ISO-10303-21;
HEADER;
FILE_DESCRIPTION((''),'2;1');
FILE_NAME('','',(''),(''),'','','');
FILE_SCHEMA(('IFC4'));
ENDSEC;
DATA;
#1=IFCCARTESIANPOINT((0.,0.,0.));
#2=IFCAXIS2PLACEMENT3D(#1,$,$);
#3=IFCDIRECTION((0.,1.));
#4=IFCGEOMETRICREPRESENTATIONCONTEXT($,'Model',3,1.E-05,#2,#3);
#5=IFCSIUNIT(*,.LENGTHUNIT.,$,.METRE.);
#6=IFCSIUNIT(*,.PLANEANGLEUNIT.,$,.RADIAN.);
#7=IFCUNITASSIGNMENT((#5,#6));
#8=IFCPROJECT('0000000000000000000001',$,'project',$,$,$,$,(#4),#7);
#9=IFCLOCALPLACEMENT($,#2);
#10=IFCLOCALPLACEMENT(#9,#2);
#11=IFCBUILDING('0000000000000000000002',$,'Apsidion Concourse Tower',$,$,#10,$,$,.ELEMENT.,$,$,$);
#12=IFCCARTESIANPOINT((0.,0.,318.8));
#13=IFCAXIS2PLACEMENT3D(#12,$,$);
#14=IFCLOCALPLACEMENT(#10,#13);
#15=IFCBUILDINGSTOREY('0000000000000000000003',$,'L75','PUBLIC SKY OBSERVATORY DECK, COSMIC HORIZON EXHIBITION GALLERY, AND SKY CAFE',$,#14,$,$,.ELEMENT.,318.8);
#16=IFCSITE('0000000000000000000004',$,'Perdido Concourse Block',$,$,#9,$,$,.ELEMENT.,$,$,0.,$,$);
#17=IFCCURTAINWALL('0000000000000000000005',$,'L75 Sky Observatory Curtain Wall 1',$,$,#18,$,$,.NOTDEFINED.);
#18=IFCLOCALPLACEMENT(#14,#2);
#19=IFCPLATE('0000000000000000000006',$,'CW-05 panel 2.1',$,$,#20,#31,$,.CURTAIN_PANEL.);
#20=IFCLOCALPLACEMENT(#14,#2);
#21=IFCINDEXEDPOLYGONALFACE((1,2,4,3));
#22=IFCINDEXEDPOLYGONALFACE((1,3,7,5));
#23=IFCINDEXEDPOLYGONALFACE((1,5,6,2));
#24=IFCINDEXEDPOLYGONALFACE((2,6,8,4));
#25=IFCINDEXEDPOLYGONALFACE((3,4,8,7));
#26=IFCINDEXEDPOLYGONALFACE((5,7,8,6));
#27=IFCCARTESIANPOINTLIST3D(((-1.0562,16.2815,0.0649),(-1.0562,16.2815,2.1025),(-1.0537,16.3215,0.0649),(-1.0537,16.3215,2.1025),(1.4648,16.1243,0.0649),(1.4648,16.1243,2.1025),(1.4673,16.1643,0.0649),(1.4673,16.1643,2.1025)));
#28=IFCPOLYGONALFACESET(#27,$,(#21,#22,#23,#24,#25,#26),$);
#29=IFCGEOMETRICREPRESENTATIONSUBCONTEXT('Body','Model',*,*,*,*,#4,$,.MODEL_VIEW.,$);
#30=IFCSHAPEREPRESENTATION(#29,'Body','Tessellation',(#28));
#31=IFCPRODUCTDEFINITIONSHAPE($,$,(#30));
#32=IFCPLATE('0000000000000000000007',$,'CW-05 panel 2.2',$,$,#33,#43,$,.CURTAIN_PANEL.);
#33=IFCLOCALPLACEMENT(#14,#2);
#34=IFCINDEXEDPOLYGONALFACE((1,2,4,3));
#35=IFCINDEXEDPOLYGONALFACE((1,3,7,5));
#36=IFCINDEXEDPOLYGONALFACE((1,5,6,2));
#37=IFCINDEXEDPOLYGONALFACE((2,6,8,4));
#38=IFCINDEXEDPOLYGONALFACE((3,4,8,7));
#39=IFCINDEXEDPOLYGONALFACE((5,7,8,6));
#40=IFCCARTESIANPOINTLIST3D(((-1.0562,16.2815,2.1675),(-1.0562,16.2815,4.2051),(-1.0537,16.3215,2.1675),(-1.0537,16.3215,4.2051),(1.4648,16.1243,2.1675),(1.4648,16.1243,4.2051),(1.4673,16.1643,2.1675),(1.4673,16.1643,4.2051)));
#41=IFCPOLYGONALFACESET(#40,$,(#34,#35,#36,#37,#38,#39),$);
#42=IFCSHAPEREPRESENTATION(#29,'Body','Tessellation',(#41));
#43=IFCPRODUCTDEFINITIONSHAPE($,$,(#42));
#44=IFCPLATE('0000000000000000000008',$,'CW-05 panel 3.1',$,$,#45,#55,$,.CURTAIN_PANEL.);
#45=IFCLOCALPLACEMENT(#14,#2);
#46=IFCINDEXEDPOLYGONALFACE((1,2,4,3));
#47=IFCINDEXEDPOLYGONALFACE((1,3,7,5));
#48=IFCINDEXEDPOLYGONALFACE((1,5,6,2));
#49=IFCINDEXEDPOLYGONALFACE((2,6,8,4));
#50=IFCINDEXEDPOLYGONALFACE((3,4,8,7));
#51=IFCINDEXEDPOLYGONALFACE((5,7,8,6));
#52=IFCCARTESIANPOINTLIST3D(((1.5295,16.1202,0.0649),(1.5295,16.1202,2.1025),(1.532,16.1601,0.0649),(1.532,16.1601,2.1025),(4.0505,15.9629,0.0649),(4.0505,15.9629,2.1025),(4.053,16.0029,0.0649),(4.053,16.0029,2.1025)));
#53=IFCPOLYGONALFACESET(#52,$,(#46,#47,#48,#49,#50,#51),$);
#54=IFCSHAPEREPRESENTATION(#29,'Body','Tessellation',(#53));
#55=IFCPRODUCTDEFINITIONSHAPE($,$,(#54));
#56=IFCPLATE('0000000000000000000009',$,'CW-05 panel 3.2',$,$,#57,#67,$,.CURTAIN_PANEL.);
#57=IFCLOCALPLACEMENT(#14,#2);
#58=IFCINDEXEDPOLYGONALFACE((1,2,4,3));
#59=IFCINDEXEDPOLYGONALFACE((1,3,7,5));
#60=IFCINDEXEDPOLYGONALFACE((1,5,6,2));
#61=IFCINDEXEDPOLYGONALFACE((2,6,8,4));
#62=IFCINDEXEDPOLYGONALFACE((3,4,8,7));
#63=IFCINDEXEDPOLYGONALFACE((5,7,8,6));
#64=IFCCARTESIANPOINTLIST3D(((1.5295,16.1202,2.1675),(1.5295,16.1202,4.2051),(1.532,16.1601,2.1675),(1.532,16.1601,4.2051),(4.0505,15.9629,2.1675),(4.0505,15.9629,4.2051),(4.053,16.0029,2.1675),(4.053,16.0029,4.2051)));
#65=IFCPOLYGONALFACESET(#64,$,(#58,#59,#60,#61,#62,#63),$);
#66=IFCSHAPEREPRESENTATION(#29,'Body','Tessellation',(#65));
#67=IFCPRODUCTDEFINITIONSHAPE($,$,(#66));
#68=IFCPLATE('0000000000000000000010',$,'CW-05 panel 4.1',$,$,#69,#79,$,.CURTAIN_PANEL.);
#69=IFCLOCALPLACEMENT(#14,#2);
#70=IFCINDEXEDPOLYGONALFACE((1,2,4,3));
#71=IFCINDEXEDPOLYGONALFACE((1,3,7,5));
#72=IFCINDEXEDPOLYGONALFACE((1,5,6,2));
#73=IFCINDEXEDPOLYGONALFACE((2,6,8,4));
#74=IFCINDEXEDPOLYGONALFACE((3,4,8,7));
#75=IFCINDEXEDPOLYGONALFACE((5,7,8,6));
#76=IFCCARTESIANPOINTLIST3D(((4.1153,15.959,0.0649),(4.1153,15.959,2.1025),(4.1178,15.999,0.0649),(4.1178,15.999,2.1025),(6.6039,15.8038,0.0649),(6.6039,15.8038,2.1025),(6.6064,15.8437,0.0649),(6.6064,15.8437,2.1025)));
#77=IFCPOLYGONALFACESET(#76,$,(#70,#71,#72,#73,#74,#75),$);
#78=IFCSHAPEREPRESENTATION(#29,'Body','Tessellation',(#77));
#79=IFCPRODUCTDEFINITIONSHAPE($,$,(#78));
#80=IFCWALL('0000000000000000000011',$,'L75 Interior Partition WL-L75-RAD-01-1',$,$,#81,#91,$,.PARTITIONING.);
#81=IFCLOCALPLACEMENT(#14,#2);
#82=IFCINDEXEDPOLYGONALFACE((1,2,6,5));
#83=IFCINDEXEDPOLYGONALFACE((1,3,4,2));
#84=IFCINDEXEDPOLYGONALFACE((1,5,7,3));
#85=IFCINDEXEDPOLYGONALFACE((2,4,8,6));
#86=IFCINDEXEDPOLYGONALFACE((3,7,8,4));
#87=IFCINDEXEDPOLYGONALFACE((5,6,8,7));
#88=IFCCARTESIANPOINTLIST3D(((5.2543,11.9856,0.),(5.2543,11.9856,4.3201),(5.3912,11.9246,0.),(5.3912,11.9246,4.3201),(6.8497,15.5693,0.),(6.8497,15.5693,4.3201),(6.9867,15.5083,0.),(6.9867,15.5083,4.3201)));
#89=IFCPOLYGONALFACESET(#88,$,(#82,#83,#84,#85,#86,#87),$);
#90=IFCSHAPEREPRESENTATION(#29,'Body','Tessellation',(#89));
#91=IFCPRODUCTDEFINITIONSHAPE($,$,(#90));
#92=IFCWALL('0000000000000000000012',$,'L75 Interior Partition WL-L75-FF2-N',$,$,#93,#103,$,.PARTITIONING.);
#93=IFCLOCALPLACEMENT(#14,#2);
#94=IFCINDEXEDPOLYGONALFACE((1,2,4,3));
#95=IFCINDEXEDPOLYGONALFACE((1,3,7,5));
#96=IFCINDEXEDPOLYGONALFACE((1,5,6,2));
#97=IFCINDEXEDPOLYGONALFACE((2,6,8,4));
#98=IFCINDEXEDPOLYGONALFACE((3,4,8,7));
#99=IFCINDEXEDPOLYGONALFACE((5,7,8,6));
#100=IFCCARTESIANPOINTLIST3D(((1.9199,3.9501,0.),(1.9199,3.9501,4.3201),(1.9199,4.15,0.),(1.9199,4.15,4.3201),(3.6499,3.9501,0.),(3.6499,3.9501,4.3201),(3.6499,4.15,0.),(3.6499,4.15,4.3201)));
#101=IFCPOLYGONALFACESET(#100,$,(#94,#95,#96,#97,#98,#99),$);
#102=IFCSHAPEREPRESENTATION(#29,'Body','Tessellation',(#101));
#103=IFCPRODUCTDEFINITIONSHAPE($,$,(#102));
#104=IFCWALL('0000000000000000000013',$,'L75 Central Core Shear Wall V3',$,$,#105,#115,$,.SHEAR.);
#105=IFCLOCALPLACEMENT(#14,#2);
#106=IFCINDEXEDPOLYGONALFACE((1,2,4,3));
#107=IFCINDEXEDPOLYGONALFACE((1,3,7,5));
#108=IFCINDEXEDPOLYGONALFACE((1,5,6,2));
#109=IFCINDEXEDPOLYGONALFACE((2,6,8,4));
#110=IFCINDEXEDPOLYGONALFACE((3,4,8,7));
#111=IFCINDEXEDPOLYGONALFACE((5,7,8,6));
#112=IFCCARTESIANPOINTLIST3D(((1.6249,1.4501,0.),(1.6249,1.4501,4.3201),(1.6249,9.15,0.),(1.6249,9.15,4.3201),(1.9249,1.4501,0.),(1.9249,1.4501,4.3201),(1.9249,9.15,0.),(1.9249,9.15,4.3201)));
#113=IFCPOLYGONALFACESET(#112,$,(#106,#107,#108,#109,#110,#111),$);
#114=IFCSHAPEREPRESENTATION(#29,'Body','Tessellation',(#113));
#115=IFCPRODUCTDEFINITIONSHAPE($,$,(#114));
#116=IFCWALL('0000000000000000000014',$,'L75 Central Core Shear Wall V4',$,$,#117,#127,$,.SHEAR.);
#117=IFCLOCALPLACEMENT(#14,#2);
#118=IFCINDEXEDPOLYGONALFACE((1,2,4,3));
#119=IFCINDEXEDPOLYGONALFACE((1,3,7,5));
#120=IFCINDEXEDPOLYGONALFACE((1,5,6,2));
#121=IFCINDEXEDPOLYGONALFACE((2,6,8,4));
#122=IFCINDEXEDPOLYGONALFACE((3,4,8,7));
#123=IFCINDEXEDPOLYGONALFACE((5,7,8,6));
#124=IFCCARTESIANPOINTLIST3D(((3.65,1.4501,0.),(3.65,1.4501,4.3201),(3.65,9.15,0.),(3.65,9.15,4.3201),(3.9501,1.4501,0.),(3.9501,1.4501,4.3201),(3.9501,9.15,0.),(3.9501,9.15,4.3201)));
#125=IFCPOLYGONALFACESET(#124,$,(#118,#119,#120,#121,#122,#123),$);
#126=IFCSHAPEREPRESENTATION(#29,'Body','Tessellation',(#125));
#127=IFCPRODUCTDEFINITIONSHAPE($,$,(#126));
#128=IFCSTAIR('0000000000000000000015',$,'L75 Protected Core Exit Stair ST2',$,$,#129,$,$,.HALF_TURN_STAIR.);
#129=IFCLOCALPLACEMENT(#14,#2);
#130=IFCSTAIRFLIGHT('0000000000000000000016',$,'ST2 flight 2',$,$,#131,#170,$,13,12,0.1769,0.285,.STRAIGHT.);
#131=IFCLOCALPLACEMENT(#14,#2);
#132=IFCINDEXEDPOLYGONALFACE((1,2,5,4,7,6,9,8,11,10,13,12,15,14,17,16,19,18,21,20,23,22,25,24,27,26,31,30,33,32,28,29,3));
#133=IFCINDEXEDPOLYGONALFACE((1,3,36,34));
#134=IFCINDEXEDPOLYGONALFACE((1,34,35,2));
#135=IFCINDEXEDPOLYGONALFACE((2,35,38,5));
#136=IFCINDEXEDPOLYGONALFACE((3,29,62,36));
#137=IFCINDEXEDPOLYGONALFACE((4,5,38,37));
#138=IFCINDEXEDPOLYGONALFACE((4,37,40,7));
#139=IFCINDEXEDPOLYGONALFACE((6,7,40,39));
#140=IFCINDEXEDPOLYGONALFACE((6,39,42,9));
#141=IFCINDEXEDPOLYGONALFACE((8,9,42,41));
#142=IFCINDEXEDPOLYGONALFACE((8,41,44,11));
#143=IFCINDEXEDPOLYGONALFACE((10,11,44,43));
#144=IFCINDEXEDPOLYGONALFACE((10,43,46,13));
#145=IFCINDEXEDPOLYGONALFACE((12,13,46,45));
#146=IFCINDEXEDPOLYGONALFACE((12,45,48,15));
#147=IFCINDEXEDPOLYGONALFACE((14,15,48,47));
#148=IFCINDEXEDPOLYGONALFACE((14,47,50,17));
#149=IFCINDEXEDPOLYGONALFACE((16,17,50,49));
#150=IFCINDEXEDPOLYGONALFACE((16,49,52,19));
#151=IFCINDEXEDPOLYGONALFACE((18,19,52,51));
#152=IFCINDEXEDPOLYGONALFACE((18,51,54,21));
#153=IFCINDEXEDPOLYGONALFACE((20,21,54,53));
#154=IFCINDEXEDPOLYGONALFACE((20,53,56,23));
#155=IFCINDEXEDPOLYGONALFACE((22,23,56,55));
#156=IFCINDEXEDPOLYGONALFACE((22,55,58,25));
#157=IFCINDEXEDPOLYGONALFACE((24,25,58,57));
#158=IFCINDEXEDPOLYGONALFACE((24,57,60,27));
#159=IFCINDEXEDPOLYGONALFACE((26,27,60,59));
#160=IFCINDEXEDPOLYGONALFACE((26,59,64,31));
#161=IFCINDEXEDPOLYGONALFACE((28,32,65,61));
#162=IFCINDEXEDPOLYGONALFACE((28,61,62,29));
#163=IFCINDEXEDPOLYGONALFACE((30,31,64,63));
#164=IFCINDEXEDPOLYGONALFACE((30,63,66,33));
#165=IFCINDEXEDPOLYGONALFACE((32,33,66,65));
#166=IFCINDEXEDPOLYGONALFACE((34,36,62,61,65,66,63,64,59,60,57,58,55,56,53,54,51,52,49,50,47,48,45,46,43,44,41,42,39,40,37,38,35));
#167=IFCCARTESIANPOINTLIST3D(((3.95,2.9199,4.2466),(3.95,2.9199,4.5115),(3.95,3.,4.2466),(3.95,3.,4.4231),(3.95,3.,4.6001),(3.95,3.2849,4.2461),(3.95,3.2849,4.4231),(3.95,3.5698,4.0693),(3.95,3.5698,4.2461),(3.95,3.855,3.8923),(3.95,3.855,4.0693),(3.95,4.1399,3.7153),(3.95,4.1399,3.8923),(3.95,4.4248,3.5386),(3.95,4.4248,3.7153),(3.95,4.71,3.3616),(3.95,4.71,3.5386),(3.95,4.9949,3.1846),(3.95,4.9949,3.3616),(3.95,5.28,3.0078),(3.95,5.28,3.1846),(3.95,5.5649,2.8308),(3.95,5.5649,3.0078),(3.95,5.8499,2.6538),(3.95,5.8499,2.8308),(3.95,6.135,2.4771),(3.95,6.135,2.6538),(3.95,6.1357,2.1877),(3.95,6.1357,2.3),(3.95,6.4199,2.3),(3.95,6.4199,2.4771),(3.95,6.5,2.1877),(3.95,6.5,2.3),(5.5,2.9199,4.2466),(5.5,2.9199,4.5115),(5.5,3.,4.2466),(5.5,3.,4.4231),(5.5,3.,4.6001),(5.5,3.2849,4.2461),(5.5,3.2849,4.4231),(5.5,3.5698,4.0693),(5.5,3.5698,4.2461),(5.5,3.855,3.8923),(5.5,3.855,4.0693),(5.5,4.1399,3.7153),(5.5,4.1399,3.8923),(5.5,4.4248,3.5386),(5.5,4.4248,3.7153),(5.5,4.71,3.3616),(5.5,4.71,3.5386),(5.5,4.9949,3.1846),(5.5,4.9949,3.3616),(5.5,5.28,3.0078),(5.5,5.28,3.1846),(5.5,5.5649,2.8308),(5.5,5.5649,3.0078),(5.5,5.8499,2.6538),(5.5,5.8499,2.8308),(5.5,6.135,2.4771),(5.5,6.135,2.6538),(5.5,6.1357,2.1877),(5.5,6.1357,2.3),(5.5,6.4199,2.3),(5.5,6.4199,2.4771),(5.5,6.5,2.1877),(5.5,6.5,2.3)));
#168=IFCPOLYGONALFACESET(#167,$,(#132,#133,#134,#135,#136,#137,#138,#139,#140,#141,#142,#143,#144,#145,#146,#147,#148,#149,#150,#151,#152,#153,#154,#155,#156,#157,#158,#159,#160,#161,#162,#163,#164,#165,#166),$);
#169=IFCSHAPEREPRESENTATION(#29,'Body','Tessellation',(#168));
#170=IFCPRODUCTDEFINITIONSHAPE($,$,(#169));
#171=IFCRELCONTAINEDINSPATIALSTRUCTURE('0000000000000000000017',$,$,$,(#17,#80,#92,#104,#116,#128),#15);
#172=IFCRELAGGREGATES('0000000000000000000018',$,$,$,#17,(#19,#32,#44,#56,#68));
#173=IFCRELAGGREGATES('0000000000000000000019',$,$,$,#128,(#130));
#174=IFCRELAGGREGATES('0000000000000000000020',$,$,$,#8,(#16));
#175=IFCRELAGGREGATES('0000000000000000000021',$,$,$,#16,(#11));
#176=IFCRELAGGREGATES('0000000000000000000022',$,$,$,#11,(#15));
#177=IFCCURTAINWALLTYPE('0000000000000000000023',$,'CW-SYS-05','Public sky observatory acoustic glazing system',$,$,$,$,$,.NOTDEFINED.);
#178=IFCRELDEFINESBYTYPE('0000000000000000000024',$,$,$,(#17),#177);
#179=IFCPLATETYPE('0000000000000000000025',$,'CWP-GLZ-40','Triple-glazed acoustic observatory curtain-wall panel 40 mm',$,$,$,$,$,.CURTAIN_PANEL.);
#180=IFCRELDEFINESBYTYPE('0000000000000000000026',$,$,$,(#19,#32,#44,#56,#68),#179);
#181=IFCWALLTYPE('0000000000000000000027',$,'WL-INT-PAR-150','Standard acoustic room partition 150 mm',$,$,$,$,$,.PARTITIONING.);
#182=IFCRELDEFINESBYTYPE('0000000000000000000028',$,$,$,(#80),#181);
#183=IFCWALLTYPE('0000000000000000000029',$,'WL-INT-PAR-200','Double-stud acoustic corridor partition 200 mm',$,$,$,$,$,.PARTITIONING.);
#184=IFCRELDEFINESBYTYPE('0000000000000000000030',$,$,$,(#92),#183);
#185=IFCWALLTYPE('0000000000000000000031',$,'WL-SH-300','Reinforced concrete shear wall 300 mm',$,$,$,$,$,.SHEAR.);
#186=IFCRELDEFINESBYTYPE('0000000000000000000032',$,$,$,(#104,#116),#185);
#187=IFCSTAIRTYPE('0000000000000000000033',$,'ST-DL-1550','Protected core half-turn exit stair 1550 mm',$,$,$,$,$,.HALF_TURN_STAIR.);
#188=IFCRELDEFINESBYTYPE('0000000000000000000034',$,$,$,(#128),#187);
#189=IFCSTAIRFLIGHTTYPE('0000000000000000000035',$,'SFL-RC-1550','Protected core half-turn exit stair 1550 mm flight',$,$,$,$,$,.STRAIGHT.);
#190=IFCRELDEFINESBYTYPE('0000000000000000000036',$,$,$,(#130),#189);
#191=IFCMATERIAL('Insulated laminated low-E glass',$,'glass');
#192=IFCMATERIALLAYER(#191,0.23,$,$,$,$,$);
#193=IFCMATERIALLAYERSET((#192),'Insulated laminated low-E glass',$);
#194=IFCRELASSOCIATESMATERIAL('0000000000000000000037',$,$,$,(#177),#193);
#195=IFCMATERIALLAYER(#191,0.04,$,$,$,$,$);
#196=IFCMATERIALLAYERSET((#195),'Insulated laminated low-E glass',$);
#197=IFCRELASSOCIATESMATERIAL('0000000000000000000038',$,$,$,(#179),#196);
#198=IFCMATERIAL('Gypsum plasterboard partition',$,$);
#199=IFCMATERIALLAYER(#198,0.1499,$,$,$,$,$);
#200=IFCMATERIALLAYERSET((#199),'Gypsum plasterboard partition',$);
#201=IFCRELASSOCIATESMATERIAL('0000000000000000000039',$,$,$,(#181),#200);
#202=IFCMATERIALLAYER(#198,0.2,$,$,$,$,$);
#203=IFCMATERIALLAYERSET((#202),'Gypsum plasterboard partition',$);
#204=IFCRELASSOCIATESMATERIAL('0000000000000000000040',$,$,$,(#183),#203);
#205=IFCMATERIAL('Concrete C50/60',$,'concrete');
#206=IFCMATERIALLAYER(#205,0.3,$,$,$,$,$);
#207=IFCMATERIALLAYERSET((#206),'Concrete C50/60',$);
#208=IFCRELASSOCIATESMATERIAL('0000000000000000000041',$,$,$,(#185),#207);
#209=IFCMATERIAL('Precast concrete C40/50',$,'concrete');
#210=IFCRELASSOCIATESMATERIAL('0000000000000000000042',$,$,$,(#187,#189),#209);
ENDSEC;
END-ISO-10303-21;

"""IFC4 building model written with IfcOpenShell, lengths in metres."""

from ifc_helpers import new_model, si_unit, direction, frame, frame_2d, origin, origin_2d, place, context, subcontext, project, spatial, polyline, rectangle, outline, extrude, material, layer, layer_set, type_object, element, aggregate, save


model = new_model("IFC4")

# Units and contexts
model_context = context("Model", 3, precision=1e-05, world=origin(), true_north=direction((0.0, 1.0)))
body_context = subcontext(model_context, "Body", "Model", "MODEL_VIEW")
ifc_project = project(units=[si_unit("LENGTHUNIT", "METRE"), si_unit("PLANEANGLEUNIT", "RADIAN")], contexts=[model_context])

# Site, building, storey
site_placement = place(None, origin())
site = spatial("IfcSite", under=ifc_project, at=site_placement, Name="Perdido Concourse Block", CompositionType="ELEMENT", RefElevation=0.0)
building_placement = place(site_placement, origin())
building = spatial("IfcBuilding", under=site, at=building_placement, Name="Apsidion Concourse Tower", CompositionType="ELEMENT")
storey_placement = place(building_placement, frame((0.0, 0.0, 318.8)))
storey = spatial("IfcBuildingStorey", under=building, at=storey_placement, Name="L75", Description="PUBLIC SKY OBSERVATORY DECK, COSMIC HORIZON EXHIBITION GALLERY, AND SKY CAFE", CompositionType="ELEMENT", Elevation=318.8)

# Shared definitions
ifc_material_1 = material(Name="Concrete C50/60", Category="concrete")

# Curtain wall, plates
ifc_material_2 = material(Name="Insulated laminated low-E glass", Category="glass")
ifc_layer_1 = layer(ifc_material_2, 0.23)
ifc_layer_set_1 = layer_set([ifc_layer_1], Name="Insulated laminated low-E glass")
curtain_wall_type = type_object("IfcCurtainWallType", Name="CW-SYS-05", Description="Public sky observatory acoustic glazing system", PredefinedType="NOTDEFINED", material=ifc_layer_set_1)
curtain_wall_placement = place(storey_placement, origin())
curtain_wall = element("IfcCurtainWall", 1, at=curtain_wall_placement, inside=storey, type_object=curtain_wall_type, Name="L75 Sky Observatory Curtain Wall 1", PredefinedType="NOTDEFINED")
ifc_layer_2 = layer(ifc_material_2, 0.04)
ifc_layer_set_2 = layer_set([ifc_layer_2], Name="Insulated laminated low-E glass")
plate_type = type_object("IfcPlateType", Name="CWP-GLZ-40", Description="Triple-glazed acoustic observatory curtain-wall panel 40 mm", PredefinedType="CURTAIN_PANEL", material=ifc_layer_set_2)
plate_1_placement = place(storey_placement, frame((0.2056, 16.2229, 0.0649), z_axis=(0.0, 0.0, 1.0), x_axis=(0.998061, -0.062249, 0.0)))
plate_1 = element("IfcPlate", 2, at=plate_1_placement, type_object=plate_type, Name="CW-05 panel 2.1", PredefinedType="CURTAIN_PANEL", context=body_context, shape_type="SweptSolid", body=[
    extrude(rectangle(XDim=2.5259, YDim=0.04, at=origin_2d()), origin(), (0.0, 0.0, 1.0), 2.0376),
])
plate_2_placement = place(storey_placement, frame((0.2056, 16.2229, 2.1675), z_axis=(0.0, 0.0, 1.0), x_axis=(0.998061, -0.062249, 0.0)))
plate_2 = element("IfcPlate", 3, at=plate_2_placement, type_object=plate_type, Name="CW-05 panel 2.2", PredefinedType="CURTAIN_PANEL", context=body_context, shape_type="SweptSolid", body=[
    extrude(rectangle(XDim=2.5259, YDim=0.04, at=origin_2d()), origin(), (0.0, 0.0, 1.0), 2.0376),
])
plate_3_placement = place(storey_placement, frame((2.7913, 16.0615, 0.0649), z_axis=(0.0, 0.0, 1.0), x_axis=(0.998061, -0.062249, 0.0)))
plate_3 = element("IfcPlate", 4, at=plate_3_placement, type_object=plate_type, Name="CW-05 panel 3.1", PredefinedType="CURTAIN_PANEL", context=body_context, shape_type="SweptSolid", body=[
    extrude(rectangle(XDim=2.5259, YDim=0.04, at=origin_2d()), origin(), (0.0, 0.0, 1.0), 2.0376),
])
plate_4_placement = place(storey_placement, frame((2.7913, 16.0615, 2.1675), z_axis=(0.0, 0.0, 1.0), x_axis=(0.998061, -0.062249, 0.0)))
plate_4 = element("IfcPlate", 5, at=plate_4_placement, type_object=plate_type, Name="CW-05 panel 3.2", PredefinedType="CURTAIN_PANEL", context=body_context, shape_type="SweptSolid", body=[
    extrude(rectangle(XDim=2.5259, YDim=0.04, at=origin_2d()), origin(), (0.0, 0.0, 1.0), 2.0376),
])
plate_5_placement = place(storey_placement, frame((5.3608, 15.9014, 0.0649), z_axis=(0.0, 0.0, 1.0), x_axis=(0.998061, -0.062249, 0.0)))
plate_5 = element("IfcPlate", 6, at=plate_5_placement, type_object=plate_type, Name="CW-05 panel 4.1", PredefinedType="CURTAIN_PANEL", context=body_context, shape_type="SweptSolid", body=[
    extrude(rectangle(XDim=2.4934, YDim=0.04, at=origin_2d()), origin(), (0.0, 0.0, 1.0), 2.0376),
])
aggregate(curtain_wall, [plate_1, plate_2, plate_3, plate_4, plate_5])

# Walls
ifc_material_3 = material(Name="Gypsum plasterboard partition")
ifc_layer_3 = layer(ifc_material_3, 0.1499)
ifc_layer_set_3 = layer_set([ifc_layer_3], Name="Gypsum plasterboard partition")
wall_type_1 = type_object("IfcWallType", Name="WL-INT-PAR-150", Description="Standard acoustic room partition 150 mm", PredefinedType="PARTITIONING", material=ifc_layer_set_3)
wall_1_placement = place(storey_placement, frame((5.3228, 11.9551, 0.0), z_axis=(0.0, 0.0, 1.0), x_axis=(0.40671, 0.913557, 0.0)))
element("IfcWall", 7, at=wall_1_placement, inside=storey, type_object=wall_type_1, Name="L75 Interior Partition WL-L75-RAD-01-1", PredefinedType="PARTITIONING", context=body_context, shape_type="SweptSolid", body=[
    extrude(rectangle(XDim=3.9229, YDim=0.1499, at=frame_2d((1.9614, 0.0))), origin(), (0.0, 0.0, 1.0), 4.3201),
])
ifc_layer_4 = layer(ifc_material_3, 0.2)
ifc_layer_set_4 = layer_set([ifc_layer_4], Name="Gypsum plasterboard partition")
wall_type_2 = type_object("IfcWallType", Name="WL-INT-PAR-200", Description="Double-stud acoustic corridor partition 200 mm", PredefinedType="PARTITIONING", material=ifc_layer_set_4)
wall_2_placement = place(storey_placement, frame((1.9199, 4.05, 0.0), z_axis=(0.0, 0.0, 1.0), x_axis=(1.0, 0.0, 0.0)))
element("IfcWall", 8, at=wall_2_placement, inside=storey, type_object=wall_type_2, Name="L75 Interior Partition WL-L75-FF2-N", PredefinedType="PARTITIONING", context=body_context, shape_type="SweptSolid", body=[
    extrude(rectangle(XDim=1.73, YDim=0.2, at=frame_2d((0.865, 0.0))), origin(), (0.0, 0.0, 1.0), 4.3201),
])
ifc_layer_5 = layer(ifc_material_1, 0.3)
ifc_layer_set_5 = layer_set([ifc_layer_5], Name="Concrete C50/60")
wall_type_3 = type_object("IfcWallType", Name="WL-SH-300", Description="Reinforced concrete shear wall 300 mm", PredefinedType="SHEAR", material=ifc_layer_set_5)
for number, where, z_axis, x_axis, name in (
    (9, (1.7749, 1.45, 0.0), (0.0, 0.0, 1.0), (0.0, 1.0, 0.0), "L75 Central Core Shear Wall V3"),
    (10, (3.8, 1.45, 0.0), (0.0, 0.0, 1.0), (0.0, 1.0, 0.0), "L75 Central Core Shear Wall V4"),
):
    element("IfcWall", number, at=place(storey_placement, frame(where, z_axis=z_axis, x_axis=x_axis)), inside=storey, type_object=wall_type_3, Name=name, PredefinedType="SHEAR", context=body_context, shape_type="SweptSolid", body=[
        extrude(rectangle(XDim=7.7, YDim=0.3, at=frame_2d((3.8501, 0.0))), origin(), (0.0, 0.0, 1.0), 4.3201),
    ])

# Stair, stair flight
ifc_material_4 = material(Name="Precast concrete C40/50", Category="concrete")
stair_type = type_object("IfcStairType", Name="ST-DL-1550", Description="Protected core half-turn exit stair 1550 mm", PredefinedType="HALF_TURN_STAIR", material=ifc_material_4)
stair_1_placement = place(storey_placement, origin())
stair_1 = element("IfcStair", 11, at=stair_1_placement, inside=storey, type_object=stair_type, Name="L75 Protected Core Exit Stair ST2", PredefinedType="HALF_TURN_STAIR")
stair_flight_type = type_object("IfcStairFlightType", Name="SFL-RC-1550", Description="Protected core half-turn exit stair 1550 mm flight", PredefinedType="STRAIGHT", material=ifc_material_4)
stair_flight_1_placement = place(storey_placement, frame((4.7251, 6.4199, 2.3), z_axis=(0.0, 0.0, 1.0), x_axis=(0.0, -1.0, 0.0)))
stair_flight_1 = element("IfcStairFlight", 12, at=stair_flight_1_placement, type_object=stair_flight_type, Name="ST2 flight 2", NumberOfRisers=13, NumberOfTreads=12, PredefinedType="STRAIGHT", RiserHeight=0.1769, TreadLength=0.285, context=body_context, shape_type="SweptSolid", body=[
    extrude(outline(polyline([(-0.0801, -0.1123), (-0.0801, 0.0), (0.0, 0.0), (0.0, 0.177), (0.2849, 0.177), (0.2849, 0.3538), (0.5701, 0.3538), (0.5701, 0.5308), (0.855, 0.5308), (0.855, 0.7078), (1.1399, 0.7078), (1.1399, 0.8845), (1.425, 0.8845), (1.425, 1.0615), (1.71, 1.0615), (1.71, 1.2385), (1.9951, 1.2385), (1.9951, 1.4153), (2.28, 1.4153), (2.28, 1.5923), (2.5649, 1.5923), (2.5649, 1.7693), (2.8501, 1.7693), (2.8501, 1.946), (3.135, 1.946), (3.135, 2.123), (3.4199, 2.123), (3.4199, 2.3), (3.5, 2.2114), (3.5, 1.9465), (3.4199, 1.9465), (0.2842, 0.0), (0.2842, -0.1123), (-0.0801, -0.1123)])), frame((0.0, 0.7749, 0.0), z_axis=(0.0, -1.0, 0.0), x_axis=(1.0, 0.0, 0.0)), (0.0, 0.0, 1.0), 1.55),
])
aggregate(stair_1, [stair_flight_1])

save(model, "model.ifc")
